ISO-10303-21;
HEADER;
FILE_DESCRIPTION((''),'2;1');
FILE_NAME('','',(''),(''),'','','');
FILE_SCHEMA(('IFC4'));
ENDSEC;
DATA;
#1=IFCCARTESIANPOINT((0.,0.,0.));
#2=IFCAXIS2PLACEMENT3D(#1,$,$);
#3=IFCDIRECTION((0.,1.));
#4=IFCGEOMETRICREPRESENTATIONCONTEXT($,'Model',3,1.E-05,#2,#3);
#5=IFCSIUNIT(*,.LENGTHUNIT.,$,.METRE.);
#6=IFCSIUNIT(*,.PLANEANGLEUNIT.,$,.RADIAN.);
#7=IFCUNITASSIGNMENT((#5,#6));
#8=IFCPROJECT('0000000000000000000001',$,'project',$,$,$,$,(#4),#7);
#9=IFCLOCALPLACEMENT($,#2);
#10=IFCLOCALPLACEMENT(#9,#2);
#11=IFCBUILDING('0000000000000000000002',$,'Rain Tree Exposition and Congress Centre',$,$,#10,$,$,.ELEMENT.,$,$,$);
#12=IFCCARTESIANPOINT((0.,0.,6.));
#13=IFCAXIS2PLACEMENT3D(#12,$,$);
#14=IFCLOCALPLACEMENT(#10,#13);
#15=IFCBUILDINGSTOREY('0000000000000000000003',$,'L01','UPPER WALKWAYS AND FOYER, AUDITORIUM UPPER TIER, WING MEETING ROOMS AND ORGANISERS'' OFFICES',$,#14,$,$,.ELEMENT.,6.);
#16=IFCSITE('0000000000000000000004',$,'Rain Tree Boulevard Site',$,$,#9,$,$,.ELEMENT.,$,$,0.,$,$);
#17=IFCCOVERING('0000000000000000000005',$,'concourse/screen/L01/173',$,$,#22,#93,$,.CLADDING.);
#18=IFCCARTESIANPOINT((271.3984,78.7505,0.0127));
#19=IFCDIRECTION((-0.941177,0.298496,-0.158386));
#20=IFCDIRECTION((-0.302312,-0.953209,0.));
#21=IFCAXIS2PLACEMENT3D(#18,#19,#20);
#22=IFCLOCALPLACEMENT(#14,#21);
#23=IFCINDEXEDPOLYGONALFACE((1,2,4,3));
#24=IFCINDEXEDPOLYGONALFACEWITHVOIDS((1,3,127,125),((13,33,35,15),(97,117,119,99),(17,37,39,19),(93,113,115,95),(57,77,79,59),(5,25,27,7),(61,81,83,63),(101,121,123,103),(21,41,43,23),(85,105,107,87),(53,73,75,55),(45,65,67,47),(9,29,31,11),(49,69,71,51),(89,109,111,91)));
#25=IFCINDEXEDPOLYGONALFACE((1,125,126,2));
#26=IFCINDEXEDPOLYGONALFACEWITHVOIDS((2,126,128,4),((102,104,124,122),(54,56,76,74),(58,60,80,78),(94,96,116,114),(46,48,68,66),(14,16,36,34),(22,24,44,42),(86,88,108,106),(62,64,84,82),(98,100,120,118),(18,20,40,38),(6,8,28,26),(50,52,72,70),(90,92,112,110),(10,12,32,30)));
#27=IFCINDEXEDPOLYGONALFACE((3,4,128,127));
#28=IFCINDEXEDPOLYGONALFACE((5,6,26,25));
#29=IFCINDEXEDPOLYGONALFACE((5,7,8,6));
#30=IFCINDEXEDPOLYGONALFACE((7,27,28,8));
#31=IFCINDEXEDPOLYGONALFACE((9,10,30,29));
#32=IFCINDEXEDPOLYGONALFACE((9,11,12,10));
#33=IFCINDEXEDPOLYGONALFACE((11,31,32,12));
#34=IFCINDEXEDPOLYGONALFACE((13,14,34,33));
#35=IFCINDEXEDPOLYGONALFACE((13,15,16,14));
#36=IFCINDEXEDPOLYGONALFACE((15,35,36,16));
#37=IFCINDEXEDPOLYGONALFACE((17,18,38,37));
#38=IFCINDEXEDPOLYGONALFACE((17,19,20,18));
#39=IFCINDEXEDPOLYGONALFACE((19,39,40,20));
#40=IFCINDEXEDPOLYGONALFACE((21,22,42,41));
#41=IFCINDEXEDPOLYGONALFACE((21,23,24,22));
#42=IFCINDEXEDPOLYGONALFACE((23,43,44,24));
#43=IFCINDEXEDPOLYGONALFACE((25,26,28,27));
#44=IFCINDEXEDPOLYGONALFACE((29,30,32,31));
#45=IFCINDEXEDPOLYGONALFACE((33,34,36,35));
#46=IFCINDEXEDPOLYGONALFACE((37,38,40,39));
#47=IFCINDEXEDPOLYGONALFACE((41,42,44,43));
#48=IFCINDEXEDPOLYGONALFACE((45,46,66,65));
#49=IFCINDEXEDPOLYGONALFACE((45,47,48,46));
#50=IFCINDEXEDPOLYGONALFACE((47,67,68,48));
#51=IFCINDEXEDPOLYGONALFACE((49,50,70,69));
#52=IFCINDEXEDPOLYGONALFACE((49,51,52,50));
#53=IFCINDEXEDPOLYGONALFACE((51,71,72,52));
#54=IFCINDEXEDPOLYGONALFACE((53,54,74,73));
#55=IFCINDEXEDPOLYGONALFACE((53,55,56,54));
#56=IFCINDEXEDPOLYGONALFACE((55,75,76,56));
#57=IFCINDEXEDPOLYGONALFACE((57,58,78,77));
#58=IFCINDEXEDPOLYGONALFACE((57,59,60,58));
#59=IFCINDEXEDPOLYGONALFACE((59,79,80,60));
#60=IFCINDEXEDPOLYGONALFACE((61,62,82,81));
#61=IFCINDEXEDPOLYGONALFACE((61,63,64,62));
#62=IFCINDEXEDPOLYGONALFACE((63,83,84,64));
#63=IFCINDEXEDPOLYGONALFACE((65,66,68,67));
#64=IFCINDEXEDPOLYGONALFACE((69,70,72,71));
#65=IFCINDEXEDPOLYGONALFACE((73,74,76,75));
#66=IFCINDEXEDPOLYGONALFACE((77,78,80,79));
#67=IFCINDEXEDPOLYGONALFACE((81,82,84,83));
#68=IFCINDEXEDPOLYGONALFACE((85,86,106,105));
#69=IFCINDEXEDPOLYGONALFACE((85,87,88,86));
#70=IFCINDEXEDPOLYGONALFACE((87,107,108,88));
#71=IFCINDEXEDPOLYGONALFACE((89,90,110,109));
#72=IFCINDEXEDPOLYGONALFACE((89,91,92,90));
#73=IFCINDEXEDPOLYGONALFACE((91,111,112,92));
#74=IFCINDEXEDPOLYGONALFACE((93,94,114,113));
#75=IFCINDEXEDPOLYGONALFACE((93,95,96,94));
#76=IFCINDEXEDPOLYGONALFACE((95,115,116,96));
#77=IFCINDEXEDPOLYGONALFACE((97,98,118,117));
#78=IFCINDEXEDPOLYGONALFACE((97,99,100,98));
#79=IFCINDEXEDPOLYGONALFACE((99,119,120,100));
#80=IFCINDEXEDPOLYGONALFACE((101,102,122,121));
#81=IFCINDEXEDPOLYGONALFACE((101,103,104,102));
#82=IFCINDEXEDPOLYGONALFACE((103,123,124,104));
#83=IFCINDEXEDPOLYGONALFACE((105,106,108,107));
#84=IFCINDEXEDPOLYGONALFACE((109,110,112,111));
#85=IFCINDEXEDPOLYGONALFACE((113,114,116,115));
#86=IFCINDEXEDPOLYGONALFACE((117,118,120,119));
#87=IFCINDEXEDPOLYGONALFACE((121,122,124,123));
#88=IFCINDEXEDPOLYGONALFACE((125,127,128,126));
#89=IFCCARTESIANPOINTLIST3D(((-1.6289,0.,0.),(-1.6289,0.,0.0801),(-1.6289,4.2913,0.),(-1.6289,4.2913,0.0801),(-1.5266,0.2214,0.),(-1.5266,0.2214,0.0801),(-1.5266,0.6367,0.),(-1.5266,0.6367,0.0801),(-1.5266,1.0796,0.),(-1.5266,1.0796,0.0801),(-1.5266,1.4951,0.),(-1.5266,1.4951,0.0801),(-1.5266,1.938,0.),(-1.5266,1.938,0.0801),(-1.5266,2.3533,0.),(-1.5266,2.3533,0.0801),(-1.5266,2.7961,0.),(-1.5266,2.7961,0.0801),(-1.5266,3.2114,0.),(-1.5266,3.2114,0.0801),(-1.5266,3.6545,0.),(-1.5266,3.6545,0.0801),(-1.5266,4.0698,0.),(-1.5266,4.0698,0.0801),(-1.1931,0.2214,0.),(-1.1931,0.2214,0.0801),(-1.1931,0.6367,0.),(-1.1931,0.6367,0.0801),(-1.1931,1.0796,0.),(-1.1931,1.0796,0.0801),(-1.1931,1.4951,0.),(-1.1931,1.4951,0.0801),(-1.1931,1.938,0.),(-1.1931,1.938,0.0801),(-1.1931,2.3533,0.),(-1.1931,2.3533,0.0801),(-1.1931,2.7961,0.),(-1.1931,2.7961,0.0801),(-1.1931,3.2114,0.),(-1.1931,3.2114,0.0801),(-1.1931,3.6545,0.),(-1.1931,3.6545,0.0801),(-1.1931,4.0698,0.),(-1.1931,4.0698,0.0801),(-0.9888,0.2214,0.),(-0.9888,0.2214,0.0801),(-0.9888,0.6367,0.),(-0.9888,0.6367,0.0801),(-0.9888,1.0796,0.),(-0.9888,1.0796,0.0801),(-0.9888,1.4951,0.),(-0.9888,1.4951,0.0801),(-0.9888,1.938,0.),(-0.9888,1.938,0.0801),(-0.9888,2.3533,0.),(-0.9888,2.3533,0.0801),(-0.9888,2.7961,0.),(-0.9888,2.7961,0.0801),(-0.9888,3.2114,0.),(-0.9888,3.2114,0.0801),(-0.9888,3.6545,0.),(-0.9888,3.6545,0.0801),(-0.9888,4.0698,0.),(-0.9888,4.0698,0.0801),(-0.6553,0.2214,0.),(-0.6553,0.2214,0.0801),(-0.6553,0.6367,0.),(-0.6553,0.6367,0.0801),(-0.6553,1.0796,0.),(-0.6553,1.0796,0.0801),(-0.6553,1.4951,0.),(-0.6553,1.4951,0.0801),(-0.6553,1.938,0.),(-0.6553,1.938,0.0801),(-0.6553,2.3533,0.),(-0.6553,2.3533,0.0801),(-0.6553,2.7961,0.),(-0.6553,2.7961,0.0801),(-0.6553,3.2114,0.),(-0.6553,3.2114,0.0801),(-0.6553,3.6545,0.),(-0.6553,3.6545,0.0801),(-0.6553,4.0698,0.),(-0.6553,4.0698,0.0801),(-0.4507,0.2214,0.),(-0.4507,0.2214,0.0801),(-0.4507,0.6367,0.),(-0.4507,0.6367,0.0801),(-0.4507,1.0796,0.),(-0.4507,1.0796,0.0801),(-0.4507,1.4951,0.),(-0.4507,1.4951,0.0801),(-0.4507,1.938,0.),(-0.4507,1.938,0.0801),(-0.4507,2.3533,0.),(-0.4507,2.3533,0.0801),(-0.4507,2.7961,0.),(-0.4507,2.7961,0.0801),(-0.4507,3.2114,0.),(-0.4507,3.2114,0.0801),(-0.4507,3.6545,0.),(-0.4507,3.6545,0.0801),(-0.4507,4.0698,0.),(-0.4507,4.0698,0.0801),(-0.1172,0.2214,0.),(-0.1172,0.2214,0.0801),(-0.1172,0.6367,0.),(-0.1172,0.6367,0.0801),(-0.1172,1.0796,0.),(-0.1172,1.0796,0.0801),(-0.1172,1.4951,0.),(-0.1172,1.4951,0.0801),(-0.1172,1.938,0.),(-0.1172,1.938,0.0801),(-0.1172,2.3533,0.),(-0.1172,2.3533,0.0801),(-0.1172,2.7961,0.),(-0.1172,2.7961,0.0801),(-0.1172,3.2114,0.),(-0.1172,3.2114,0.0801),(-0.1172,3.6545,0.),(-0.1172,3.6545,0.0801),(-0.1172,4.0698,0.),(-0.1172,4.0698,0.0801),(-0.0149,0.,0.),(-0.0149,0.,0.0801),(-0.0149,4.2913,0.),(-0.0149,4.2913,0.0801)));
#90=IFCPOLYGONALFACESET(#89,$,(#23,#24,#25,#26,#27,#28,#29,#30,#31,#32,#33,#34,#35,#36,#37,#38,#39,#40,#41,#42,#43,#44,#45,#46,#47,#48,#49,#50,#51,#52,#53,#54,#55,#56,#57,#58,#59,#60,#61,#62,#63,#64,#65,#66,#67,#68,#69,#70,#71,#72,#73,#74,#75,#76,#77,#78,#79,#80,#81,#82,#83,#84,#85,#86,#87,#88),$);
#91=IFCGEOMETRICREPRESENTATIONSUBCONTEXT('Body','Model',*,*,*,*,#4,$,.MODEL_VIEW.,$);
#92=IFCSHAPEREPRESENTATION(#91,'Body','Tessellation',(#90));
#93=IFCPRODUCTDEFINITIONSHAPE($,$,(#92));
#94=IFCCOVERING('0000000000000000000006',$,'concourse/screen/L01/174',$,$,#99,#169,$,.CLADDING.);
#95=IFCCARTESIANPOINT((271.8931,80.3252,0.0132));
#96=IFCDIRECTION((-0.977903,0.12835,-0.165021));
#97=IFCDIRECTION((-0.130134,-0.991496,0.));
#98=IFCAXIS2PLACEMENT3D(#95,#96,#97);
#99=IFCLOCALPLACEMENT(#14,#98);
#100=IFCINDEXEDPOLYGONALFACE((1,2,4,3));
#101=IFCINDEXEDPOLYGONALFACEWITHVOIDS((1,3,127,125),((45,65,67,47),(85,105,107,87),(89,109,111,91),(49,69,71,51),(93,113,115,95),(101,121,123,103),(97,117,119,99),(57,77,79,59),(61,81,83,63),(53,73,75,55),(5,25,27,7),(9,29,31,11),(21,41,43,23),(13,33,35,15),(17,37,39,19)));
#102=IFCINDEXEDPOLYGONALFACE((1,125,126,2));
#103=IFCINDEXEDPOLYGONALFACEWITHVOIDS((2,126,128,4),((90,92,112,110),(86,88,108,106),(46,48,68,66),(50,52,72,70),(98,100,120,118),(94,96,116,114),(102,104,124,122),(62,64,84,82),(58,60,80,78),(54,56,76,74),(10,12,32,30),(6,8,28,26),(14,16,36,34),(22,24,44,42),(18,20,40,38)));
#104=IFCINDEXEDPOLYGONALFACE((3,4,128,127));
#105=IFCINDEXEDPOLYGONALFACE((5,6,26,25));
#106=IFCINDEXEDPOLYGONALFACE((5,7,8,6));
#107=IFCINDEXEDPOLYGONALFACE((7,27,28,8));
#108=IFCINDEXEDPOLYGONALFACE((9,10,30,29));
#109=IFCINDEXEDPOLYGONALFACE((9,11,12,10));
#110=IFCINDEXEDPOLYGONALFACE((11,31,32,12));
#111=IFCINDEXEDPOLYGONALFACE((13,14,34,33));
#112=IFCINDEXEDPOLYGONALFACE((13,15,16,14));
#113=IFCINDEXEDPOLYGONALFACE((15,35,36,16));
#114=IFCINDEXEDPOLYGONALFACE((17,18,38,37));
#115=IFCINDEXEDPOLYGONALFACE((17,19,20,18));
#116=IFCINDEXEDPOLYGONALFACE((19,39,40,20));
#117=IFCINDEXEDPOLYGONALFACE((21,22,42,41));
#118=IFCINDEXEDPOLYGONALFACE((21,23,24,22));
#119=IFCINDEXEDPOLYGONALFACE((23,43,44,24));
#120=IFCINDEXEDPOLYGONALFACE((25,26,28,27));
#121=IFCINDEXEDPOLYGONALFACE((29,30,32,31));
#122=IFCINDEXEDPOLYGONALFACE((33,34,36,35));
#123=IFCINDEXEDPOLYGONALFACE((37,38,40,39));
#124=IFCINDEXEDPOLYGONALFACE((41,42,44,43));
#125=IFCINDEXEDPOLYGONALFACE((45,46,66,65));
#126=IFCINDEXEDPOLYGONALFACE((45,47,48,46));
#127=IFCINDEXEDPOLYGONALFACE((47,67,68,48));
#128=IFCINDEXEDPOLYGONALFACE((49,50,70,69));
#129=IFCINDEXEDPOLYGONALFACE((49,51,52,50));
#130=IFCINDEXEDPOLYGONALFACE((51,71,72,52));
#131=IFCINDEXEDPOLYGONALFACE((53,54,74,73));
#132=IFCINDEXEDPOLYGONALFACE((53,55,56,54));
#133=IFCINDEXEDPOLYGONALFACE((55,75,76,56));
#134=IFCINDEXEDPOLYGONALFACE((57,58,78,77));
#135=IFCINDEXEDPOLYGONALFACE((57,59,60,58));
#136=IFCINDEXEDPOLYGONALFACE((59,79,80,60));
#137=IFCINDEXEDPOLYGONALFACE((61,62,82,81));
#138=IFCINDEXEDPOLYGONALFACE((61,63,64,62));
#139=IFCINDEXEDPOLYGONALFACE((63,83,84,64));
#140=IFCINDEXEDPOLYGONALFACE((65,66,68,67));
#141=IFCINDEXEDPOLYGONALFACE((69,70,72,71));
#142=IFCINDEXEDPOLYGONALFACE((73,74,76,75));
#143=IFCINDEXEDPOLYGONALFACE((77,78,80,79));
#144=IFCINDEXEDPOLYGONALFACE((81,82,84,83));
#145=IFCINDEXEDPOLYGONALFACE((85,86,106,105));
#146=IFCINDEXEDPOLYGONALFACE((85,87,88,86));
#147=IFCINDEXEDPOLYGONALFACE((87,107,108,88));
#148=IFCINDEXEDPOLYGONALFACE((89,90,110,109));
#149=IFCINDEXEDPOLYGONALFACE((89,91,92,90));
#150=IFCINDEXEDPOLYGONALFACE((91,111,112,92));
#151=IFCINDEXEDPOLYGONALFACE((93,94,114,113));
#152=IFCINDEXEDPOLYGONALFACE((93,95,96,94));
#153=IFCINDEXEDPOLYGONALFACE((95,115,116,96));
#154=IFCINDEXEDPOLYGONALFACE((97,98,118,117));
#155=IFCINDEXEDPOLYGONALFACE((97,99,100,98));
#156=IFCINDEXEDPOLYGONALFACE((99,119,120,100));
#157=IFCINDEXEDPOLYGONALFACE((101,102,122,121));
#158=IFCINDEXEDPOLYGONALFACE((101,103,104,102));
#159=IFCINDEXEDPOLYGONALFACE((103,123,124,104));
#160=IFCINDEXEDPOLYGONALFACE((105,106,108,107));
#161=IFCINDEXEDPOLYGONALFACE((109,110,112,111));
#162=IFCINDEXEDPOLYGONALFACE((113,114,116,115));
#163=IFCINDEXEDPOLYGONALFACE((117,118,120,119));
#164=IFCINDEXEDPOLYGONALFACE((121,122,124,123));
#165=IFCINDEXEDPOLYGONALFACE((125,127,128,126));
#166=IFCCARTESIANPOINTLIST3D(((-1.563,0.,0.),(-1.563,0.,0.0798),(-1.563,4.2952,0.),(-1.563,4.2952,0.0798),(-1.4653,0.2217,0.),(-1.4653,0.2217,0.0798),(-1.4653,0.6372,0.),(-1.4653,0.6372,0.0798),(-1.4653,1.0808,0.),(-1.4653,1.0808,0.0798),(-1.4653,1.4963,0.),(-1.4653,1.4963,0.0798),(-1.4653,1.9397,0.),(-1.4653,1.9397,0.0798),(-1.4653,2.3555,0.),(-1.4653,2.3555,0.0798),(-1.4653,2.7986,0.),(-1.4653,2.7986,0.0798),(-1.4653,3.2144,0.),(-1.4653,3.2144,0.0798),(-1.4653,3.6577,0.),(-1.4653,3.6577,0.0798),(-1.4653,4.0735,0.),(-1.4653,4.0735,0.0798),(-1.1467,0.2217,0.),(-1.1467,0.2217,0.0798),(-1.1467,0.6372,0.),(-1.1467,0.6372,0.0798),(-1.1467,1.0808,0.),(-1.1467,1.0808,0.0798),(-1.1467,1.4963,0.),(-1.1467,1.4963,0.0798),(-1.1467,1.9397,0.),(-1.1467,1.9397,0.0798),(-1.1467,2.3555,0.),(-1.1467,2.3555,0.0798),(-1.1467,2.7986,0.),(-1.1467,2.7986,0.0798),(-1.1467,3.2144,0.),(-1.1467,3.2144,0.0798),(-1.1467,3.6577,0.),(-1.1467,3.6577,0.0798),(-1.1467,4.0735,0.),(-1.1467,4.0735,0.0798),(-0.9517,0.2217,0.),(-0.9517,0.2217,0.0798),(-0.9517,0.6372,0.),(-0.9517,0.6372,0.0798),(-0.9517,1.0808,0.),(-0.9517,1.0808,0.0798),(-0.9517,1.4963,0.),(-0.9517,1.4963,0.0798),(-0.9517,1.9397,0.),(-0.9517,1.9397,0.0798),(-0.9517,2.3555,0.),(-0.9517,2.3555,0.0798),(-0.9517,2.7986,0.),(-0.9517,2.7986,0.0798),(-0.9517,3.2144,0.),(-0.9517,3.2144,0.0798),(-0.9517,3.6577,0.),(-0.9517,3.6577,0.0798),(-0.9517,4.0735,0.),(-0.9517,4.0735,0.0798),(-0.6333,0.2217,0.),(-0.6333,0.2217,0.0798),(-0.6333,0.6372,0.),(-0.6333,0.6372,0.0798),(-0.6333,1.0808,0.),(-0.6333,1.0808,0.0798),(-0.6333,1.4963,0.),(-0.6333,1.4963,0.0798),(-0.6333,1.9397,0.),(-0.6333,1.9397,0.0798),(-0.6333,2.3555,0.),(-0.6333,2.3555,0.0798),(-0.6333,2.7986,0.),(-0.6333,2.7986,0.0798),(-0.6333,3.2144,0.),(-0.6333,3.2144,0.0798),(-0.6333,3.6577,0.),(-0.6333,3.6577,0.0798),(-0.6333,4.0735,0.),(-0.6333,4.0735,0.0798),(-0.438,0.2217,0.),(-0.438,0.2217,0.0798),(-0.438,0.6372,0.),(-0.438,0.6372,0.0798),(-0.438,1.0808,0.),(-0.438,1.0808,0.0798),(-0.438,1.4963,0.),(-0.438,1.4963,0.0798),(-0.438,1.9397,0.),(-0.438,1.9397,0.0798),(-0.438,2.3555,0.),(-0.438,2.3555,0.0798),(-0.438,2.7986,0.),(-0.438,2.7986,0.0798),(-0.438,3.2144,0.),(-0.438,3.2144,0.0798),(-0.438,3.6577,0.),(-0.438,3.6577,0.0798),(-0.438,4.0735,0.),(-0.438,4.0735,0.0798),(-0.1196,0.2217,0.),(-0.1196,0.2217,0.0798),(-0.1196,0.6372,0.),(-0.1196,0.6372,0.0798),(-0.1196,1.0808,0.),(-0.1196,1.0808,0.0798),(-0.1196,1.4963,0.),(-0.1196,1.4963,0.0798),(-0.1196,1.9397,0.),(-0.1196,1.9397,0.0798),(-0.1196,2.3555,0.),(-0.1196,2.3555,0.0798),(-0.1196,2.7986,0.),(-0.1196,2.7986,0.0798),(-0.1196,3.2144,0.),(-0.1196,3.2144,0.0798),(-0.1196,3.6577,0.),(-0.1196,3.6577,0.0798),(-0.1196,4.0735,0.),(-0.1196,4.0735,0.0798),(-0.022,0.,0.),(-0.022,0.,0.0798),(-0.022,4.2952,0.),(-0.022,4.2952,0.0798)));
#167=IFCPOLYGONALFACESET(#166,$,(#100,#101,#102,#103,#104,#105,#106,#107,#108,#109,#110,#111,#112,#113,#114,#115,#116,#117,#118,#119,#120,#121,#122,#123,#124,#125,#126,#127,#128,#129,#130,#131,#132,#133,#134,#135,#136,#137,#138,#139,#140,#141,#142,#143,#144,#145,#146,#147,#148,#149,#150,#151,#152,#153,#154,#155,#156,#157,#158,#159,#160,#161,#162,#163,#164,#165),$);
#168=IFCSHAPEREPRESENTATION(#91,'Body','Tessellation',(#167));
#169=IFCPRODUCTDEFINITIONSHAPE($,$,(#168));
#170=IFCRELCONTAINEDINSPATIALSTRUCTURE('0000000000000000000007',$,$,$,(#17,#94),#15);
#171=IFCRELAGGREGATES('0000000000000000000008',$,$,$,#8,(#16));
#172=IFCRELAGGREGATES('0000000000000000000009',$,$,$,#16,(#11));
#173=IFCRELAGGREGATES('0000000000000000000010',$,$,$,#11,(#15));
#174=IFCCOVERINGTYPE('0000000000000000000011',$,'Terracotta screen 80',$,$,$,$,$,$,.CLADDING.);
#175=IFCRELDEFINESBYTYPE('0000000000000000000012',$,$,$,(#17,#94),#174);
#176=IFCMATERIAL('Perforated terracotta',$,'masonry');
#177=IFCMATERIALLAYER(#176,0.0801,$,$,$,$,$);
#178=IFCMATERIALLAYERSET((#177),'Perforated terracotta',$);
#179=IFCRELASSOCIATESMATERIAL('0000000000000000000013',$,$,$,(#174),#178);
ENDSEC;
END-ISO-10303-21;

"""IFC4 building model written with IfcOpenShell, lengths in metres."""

from ifc_helpers import new_model, si_unit, direction, frame, origin, place, context, subcontext, project, spatial, polyline, outline, extrude, material, layer, layer_set, type_object, element, save


model = new_model("IFC4")

# Units and contexts
model_context = context("Model", 3, precision=1e-05, world=origin(), true_north=direction((0.0, 1.0)))
body_context = subcontext(model_context, "Body", "Model", "MODEL_VIEW")
ifc_project = project(units=[si_unit("LENGTHUNIT", "METRE"), si_unit("PLANEANGLEUNIT", "RADIAN")], contexts=[model_context])

# Site, building, storey
site_placement = place(None, origin())
site = spatial("IfcSite", under=ifc_project, at=site_placement, Name="Rain Tree Boulevard Site", CompositionType="ELEMENT", RefElevation=0.0)
building_placement = place(site_placement, origin())
building = spatial("IfcBuilding", under=site, at=building_placement, Name="Rain Tree Exposition and Congress Centre", CompositionType="ELEMENT")
storey_placement = place(building_placement, frame((0.0, 0.0, 6.0)))
storey = spatial("IfcBuildingStorey", under=building, at=storey_placement, Name="L01", Description="UPPER WALKWAYS AND FOYER, AUDITORIUM UPPER TIER, WING MEETING ROOMS AND ORGANISERS' OFFICES", CompositionType="ELEMENT", Elevation=6.0)

# Coverings
ifc_material_1 = material(Name="Perforated terracotta", Category="masonry")
ifc_layer_1 = layer(ifc_material_1, 0.0801)
ifc_layer_set_1 = layer_set([ifc_layer_1], Name="Perforated terracotta")
covering_type = type_object("IfcCoveringType", Name="Terracotta screen 80", PredefinedType="CLADDING", material=ifc_layer_set_1)
covering_1_placement = place(storey_placement, frame((271.3984, 78.7505, 0.0127), z_axis=(-0.941177, 0.298496, -0.158386), x_axis=(-0.302312, -0.953209, 0.0)))
element("IfcCovering", 1, at=covering_1_placement, inside=storey, type_object=covering_type, Name="concourse/screen/L01/173", PredefinedType="CLADDING", context=body_context, shape_type="SweptSolid", body=[
    extrude(outline(polyline([(-1.6289, 0.0), (-1.6289, 4.2913), (-0.0149, 4.2913), (-0.0149, 0.0), (-1.6289, 0.0)]), holes=[polyline([(-0.1172, 0.2214), (-0.1172, 0.6367), (-0.4507, 0.6367), (-0.4507, 0.2214), (-0.1172, 0.2214)]), polyline([(-0.1172, 1.0796), (-0.1172, 1.4951), (-0.4507, 1.4951), (-0.4507, 1.0796), (-0.1172, 1.0796)]), polyline([(-0.1172, 1.938), (-0.1172, 2.3533), (-0.4507, 2.3533), (-0.4507, 1.938), (-0.1172, 1.938)]), polyline([(-0.1172, 2.7961), (-0.1172, 3.2114), (-0.4507, 3.2114), (-0.4507, 2.7961), (-0.1172, 2.7961)]), polyline([(-0.1172, 3.6545), (-0.1172, 4.0698), (-0.4507, 4.0698), (-0.4507, 3.6545), (-0.1172, 3.6545)]), polyline([(-0.6553, 0.2214), (-0.6553, 0.6367), (-0.9888, 0.6367), (-0.9888, 0.2214), (-0.6553, 0.2214)]), polyline([(-0.6553, 1.0796), (-0.6553, 1.4951), (-0.9888, 1.4951), (-0.9888, 1.0796), (-0.6553, 1.0796)]), polyline([(-0.6553, 1.938), (-0.6553, 2.3533), (-0.9888, 2.3533), (-0.9888, 1.938), (-0.6553, 1.938)]), polyline([(-0.6553, 2.7961), (-0.6553, 3.2114), (-0.9888, 3.2114), (-0.9888, 2.7961), (-0.6553, 2.7961)]), polyline([(-0.6553, 3.6545), (-0.6553, 4.0698), (-0.9888, 4.0698), (-0.9888, 3.6545), (-0.6553, 3.6545)]), polyline([(-1.1931, 0.2214), (-1.1931, 0.6367), (-1.5266, 0.6367), (-1.5266, 0.2214), (-1.1931, 0.2214)]), polyline([(-1.1931, 1.0796), (-1.1931, 1.4951), (-1.5266, 1.4951), (-1.5266, 1.0796), (-1.1931, 1.0796)]), polyline([(-1.1931, 1.938), (-1.1931, 2.3533), (-1.5266, 2.3533), (-1.5266, 1.938), (-1.1931, 1.938)]), polyline([(-1.1931, 2.7961), (-1.1931, 3.2114), (-1.5266, 3.2114), (-1.5266, 2.7961), (-1.1931, 2.7961)]), polyline([(-1.1931, 3.6545), (-1.1931, 4.0698), (-1.5266, 4.0698), (-1.5266, 3.6545), (-1.1931, 3.6545)])]), origin(), (0.0, 0.0, 1.0), 0.0801),
])
covering_2_placement = place(storey_placement, frame((271.8931, 80.3252, 0.0132), z_axis=(-0.977903, 0.12835, -0.165021), x_axis=(-0.130134, -0.991496, 0.0)))
element("IfcCovering", 2, at=covering_2_placement, inside=storey, type_object=covering_type, Name="concourse/screen/L01/174", PredefinedType="CLADDING", context=body_context, shape_type="SweptSolid", body=[
    extrude(outline(polyline([(-1.563, 0.0), (-1.563, 4.2952), (-0.022, 4.2952), (-0.022, 0.0), (-1.563, 0.0)]), holes=[polyline([(-0.1196, 0.2217), (-0.1196, 0.6372), (-0.438, 0.6372), (-0.438, 0.2217), (-0.1196, 0.2217)]), polyline([(-0.1196, 1.0808), (-0.1196, 1.4963), (-0.438, 1.4963), (-0.438, 1.0808), (-0.1196, 1.0808)]), polyline([(-0.1196, 1.9397), (-0.1196, 2.3555), (-0.438, 2.3555), (-0.438, 1.9397), (-0.1196, 1.9397)]), polyline([(-0.1196, 2.7986), (-0.1196, 3.2144), (-0.438, 3.2144), (-0.438, 2.7986), (-0.1196, 2.7986)]), polyline([(-0.1196, 3.6577), (-0.1196, 4.0735), (-0.438, 4.0735), (-0.438, 3.6577), (-0.1196, 3.6577)]), polyline([(-0.6333, 0.2217), (-0.6333, 0.6372), (-0.9517, 0.6372), (-0.9517, 0.2217), (-0.6333, 0.2217)]), polyline([(-0.6333, 1.0808), (-0.6333, 1.4963), (-0.9517, 1.4963), (-0.9517, 1.0808), (-0.6333, 1.0808)]), polyline([(-0.6333, 1.9397), (-0.6333, 2.3555), (-0.9517, 2.3555), (-0.9517, 1.9397), (-0.6333, 1.9397)]), polyline([(-0.6333, 2.7986), (-0.6333, 3.2144), (-0.9517, 3.2144), (-0.9517, 2.7986), (-0.6333, 2.7986)]), polyline([(-0.6333, 3.6577), (-0.6333, 4.0735), (-0.9517, 4.0735), (-0.9517, 3.6577), (-0.6333, 3.6577)]), polyline([(-1.1467, 0.2217), (-1.1467, 0.6372), (-1.4653, 0.6372), (-1.4653, 0.2217), (-1.1467, 0.2217)]), polyline([(-1.1467, 1.0808), (-1.1467, 1.4963), (-1.4653, 1.4963), (-1.4653, 1.0808), (-1.1467, 1.0808)]), polyline([(-1.1467, 1.9397), (-1.1467, 2.3555), (-1.4653, 2.3555), (-1.4653, 1.9397), (-1.1467, 1.9397)]), polyline([(-1.1467, 2.7986), (-1.1467, 3.2144), (-1.4653, 3.2144), (-1.4653, 2.7986), (-1.1467, 2.7986)]), polyline([(-1.1467, 3.6577), (-1.1467, 4.0735), (-1.4653, 4.0735), (-1.4653, 3.6577), (-1.1467, 3.6577)])]), origin(), (0.0, 0.0, 1.0), 0.0798),
])

save(model, "model.ifc")
